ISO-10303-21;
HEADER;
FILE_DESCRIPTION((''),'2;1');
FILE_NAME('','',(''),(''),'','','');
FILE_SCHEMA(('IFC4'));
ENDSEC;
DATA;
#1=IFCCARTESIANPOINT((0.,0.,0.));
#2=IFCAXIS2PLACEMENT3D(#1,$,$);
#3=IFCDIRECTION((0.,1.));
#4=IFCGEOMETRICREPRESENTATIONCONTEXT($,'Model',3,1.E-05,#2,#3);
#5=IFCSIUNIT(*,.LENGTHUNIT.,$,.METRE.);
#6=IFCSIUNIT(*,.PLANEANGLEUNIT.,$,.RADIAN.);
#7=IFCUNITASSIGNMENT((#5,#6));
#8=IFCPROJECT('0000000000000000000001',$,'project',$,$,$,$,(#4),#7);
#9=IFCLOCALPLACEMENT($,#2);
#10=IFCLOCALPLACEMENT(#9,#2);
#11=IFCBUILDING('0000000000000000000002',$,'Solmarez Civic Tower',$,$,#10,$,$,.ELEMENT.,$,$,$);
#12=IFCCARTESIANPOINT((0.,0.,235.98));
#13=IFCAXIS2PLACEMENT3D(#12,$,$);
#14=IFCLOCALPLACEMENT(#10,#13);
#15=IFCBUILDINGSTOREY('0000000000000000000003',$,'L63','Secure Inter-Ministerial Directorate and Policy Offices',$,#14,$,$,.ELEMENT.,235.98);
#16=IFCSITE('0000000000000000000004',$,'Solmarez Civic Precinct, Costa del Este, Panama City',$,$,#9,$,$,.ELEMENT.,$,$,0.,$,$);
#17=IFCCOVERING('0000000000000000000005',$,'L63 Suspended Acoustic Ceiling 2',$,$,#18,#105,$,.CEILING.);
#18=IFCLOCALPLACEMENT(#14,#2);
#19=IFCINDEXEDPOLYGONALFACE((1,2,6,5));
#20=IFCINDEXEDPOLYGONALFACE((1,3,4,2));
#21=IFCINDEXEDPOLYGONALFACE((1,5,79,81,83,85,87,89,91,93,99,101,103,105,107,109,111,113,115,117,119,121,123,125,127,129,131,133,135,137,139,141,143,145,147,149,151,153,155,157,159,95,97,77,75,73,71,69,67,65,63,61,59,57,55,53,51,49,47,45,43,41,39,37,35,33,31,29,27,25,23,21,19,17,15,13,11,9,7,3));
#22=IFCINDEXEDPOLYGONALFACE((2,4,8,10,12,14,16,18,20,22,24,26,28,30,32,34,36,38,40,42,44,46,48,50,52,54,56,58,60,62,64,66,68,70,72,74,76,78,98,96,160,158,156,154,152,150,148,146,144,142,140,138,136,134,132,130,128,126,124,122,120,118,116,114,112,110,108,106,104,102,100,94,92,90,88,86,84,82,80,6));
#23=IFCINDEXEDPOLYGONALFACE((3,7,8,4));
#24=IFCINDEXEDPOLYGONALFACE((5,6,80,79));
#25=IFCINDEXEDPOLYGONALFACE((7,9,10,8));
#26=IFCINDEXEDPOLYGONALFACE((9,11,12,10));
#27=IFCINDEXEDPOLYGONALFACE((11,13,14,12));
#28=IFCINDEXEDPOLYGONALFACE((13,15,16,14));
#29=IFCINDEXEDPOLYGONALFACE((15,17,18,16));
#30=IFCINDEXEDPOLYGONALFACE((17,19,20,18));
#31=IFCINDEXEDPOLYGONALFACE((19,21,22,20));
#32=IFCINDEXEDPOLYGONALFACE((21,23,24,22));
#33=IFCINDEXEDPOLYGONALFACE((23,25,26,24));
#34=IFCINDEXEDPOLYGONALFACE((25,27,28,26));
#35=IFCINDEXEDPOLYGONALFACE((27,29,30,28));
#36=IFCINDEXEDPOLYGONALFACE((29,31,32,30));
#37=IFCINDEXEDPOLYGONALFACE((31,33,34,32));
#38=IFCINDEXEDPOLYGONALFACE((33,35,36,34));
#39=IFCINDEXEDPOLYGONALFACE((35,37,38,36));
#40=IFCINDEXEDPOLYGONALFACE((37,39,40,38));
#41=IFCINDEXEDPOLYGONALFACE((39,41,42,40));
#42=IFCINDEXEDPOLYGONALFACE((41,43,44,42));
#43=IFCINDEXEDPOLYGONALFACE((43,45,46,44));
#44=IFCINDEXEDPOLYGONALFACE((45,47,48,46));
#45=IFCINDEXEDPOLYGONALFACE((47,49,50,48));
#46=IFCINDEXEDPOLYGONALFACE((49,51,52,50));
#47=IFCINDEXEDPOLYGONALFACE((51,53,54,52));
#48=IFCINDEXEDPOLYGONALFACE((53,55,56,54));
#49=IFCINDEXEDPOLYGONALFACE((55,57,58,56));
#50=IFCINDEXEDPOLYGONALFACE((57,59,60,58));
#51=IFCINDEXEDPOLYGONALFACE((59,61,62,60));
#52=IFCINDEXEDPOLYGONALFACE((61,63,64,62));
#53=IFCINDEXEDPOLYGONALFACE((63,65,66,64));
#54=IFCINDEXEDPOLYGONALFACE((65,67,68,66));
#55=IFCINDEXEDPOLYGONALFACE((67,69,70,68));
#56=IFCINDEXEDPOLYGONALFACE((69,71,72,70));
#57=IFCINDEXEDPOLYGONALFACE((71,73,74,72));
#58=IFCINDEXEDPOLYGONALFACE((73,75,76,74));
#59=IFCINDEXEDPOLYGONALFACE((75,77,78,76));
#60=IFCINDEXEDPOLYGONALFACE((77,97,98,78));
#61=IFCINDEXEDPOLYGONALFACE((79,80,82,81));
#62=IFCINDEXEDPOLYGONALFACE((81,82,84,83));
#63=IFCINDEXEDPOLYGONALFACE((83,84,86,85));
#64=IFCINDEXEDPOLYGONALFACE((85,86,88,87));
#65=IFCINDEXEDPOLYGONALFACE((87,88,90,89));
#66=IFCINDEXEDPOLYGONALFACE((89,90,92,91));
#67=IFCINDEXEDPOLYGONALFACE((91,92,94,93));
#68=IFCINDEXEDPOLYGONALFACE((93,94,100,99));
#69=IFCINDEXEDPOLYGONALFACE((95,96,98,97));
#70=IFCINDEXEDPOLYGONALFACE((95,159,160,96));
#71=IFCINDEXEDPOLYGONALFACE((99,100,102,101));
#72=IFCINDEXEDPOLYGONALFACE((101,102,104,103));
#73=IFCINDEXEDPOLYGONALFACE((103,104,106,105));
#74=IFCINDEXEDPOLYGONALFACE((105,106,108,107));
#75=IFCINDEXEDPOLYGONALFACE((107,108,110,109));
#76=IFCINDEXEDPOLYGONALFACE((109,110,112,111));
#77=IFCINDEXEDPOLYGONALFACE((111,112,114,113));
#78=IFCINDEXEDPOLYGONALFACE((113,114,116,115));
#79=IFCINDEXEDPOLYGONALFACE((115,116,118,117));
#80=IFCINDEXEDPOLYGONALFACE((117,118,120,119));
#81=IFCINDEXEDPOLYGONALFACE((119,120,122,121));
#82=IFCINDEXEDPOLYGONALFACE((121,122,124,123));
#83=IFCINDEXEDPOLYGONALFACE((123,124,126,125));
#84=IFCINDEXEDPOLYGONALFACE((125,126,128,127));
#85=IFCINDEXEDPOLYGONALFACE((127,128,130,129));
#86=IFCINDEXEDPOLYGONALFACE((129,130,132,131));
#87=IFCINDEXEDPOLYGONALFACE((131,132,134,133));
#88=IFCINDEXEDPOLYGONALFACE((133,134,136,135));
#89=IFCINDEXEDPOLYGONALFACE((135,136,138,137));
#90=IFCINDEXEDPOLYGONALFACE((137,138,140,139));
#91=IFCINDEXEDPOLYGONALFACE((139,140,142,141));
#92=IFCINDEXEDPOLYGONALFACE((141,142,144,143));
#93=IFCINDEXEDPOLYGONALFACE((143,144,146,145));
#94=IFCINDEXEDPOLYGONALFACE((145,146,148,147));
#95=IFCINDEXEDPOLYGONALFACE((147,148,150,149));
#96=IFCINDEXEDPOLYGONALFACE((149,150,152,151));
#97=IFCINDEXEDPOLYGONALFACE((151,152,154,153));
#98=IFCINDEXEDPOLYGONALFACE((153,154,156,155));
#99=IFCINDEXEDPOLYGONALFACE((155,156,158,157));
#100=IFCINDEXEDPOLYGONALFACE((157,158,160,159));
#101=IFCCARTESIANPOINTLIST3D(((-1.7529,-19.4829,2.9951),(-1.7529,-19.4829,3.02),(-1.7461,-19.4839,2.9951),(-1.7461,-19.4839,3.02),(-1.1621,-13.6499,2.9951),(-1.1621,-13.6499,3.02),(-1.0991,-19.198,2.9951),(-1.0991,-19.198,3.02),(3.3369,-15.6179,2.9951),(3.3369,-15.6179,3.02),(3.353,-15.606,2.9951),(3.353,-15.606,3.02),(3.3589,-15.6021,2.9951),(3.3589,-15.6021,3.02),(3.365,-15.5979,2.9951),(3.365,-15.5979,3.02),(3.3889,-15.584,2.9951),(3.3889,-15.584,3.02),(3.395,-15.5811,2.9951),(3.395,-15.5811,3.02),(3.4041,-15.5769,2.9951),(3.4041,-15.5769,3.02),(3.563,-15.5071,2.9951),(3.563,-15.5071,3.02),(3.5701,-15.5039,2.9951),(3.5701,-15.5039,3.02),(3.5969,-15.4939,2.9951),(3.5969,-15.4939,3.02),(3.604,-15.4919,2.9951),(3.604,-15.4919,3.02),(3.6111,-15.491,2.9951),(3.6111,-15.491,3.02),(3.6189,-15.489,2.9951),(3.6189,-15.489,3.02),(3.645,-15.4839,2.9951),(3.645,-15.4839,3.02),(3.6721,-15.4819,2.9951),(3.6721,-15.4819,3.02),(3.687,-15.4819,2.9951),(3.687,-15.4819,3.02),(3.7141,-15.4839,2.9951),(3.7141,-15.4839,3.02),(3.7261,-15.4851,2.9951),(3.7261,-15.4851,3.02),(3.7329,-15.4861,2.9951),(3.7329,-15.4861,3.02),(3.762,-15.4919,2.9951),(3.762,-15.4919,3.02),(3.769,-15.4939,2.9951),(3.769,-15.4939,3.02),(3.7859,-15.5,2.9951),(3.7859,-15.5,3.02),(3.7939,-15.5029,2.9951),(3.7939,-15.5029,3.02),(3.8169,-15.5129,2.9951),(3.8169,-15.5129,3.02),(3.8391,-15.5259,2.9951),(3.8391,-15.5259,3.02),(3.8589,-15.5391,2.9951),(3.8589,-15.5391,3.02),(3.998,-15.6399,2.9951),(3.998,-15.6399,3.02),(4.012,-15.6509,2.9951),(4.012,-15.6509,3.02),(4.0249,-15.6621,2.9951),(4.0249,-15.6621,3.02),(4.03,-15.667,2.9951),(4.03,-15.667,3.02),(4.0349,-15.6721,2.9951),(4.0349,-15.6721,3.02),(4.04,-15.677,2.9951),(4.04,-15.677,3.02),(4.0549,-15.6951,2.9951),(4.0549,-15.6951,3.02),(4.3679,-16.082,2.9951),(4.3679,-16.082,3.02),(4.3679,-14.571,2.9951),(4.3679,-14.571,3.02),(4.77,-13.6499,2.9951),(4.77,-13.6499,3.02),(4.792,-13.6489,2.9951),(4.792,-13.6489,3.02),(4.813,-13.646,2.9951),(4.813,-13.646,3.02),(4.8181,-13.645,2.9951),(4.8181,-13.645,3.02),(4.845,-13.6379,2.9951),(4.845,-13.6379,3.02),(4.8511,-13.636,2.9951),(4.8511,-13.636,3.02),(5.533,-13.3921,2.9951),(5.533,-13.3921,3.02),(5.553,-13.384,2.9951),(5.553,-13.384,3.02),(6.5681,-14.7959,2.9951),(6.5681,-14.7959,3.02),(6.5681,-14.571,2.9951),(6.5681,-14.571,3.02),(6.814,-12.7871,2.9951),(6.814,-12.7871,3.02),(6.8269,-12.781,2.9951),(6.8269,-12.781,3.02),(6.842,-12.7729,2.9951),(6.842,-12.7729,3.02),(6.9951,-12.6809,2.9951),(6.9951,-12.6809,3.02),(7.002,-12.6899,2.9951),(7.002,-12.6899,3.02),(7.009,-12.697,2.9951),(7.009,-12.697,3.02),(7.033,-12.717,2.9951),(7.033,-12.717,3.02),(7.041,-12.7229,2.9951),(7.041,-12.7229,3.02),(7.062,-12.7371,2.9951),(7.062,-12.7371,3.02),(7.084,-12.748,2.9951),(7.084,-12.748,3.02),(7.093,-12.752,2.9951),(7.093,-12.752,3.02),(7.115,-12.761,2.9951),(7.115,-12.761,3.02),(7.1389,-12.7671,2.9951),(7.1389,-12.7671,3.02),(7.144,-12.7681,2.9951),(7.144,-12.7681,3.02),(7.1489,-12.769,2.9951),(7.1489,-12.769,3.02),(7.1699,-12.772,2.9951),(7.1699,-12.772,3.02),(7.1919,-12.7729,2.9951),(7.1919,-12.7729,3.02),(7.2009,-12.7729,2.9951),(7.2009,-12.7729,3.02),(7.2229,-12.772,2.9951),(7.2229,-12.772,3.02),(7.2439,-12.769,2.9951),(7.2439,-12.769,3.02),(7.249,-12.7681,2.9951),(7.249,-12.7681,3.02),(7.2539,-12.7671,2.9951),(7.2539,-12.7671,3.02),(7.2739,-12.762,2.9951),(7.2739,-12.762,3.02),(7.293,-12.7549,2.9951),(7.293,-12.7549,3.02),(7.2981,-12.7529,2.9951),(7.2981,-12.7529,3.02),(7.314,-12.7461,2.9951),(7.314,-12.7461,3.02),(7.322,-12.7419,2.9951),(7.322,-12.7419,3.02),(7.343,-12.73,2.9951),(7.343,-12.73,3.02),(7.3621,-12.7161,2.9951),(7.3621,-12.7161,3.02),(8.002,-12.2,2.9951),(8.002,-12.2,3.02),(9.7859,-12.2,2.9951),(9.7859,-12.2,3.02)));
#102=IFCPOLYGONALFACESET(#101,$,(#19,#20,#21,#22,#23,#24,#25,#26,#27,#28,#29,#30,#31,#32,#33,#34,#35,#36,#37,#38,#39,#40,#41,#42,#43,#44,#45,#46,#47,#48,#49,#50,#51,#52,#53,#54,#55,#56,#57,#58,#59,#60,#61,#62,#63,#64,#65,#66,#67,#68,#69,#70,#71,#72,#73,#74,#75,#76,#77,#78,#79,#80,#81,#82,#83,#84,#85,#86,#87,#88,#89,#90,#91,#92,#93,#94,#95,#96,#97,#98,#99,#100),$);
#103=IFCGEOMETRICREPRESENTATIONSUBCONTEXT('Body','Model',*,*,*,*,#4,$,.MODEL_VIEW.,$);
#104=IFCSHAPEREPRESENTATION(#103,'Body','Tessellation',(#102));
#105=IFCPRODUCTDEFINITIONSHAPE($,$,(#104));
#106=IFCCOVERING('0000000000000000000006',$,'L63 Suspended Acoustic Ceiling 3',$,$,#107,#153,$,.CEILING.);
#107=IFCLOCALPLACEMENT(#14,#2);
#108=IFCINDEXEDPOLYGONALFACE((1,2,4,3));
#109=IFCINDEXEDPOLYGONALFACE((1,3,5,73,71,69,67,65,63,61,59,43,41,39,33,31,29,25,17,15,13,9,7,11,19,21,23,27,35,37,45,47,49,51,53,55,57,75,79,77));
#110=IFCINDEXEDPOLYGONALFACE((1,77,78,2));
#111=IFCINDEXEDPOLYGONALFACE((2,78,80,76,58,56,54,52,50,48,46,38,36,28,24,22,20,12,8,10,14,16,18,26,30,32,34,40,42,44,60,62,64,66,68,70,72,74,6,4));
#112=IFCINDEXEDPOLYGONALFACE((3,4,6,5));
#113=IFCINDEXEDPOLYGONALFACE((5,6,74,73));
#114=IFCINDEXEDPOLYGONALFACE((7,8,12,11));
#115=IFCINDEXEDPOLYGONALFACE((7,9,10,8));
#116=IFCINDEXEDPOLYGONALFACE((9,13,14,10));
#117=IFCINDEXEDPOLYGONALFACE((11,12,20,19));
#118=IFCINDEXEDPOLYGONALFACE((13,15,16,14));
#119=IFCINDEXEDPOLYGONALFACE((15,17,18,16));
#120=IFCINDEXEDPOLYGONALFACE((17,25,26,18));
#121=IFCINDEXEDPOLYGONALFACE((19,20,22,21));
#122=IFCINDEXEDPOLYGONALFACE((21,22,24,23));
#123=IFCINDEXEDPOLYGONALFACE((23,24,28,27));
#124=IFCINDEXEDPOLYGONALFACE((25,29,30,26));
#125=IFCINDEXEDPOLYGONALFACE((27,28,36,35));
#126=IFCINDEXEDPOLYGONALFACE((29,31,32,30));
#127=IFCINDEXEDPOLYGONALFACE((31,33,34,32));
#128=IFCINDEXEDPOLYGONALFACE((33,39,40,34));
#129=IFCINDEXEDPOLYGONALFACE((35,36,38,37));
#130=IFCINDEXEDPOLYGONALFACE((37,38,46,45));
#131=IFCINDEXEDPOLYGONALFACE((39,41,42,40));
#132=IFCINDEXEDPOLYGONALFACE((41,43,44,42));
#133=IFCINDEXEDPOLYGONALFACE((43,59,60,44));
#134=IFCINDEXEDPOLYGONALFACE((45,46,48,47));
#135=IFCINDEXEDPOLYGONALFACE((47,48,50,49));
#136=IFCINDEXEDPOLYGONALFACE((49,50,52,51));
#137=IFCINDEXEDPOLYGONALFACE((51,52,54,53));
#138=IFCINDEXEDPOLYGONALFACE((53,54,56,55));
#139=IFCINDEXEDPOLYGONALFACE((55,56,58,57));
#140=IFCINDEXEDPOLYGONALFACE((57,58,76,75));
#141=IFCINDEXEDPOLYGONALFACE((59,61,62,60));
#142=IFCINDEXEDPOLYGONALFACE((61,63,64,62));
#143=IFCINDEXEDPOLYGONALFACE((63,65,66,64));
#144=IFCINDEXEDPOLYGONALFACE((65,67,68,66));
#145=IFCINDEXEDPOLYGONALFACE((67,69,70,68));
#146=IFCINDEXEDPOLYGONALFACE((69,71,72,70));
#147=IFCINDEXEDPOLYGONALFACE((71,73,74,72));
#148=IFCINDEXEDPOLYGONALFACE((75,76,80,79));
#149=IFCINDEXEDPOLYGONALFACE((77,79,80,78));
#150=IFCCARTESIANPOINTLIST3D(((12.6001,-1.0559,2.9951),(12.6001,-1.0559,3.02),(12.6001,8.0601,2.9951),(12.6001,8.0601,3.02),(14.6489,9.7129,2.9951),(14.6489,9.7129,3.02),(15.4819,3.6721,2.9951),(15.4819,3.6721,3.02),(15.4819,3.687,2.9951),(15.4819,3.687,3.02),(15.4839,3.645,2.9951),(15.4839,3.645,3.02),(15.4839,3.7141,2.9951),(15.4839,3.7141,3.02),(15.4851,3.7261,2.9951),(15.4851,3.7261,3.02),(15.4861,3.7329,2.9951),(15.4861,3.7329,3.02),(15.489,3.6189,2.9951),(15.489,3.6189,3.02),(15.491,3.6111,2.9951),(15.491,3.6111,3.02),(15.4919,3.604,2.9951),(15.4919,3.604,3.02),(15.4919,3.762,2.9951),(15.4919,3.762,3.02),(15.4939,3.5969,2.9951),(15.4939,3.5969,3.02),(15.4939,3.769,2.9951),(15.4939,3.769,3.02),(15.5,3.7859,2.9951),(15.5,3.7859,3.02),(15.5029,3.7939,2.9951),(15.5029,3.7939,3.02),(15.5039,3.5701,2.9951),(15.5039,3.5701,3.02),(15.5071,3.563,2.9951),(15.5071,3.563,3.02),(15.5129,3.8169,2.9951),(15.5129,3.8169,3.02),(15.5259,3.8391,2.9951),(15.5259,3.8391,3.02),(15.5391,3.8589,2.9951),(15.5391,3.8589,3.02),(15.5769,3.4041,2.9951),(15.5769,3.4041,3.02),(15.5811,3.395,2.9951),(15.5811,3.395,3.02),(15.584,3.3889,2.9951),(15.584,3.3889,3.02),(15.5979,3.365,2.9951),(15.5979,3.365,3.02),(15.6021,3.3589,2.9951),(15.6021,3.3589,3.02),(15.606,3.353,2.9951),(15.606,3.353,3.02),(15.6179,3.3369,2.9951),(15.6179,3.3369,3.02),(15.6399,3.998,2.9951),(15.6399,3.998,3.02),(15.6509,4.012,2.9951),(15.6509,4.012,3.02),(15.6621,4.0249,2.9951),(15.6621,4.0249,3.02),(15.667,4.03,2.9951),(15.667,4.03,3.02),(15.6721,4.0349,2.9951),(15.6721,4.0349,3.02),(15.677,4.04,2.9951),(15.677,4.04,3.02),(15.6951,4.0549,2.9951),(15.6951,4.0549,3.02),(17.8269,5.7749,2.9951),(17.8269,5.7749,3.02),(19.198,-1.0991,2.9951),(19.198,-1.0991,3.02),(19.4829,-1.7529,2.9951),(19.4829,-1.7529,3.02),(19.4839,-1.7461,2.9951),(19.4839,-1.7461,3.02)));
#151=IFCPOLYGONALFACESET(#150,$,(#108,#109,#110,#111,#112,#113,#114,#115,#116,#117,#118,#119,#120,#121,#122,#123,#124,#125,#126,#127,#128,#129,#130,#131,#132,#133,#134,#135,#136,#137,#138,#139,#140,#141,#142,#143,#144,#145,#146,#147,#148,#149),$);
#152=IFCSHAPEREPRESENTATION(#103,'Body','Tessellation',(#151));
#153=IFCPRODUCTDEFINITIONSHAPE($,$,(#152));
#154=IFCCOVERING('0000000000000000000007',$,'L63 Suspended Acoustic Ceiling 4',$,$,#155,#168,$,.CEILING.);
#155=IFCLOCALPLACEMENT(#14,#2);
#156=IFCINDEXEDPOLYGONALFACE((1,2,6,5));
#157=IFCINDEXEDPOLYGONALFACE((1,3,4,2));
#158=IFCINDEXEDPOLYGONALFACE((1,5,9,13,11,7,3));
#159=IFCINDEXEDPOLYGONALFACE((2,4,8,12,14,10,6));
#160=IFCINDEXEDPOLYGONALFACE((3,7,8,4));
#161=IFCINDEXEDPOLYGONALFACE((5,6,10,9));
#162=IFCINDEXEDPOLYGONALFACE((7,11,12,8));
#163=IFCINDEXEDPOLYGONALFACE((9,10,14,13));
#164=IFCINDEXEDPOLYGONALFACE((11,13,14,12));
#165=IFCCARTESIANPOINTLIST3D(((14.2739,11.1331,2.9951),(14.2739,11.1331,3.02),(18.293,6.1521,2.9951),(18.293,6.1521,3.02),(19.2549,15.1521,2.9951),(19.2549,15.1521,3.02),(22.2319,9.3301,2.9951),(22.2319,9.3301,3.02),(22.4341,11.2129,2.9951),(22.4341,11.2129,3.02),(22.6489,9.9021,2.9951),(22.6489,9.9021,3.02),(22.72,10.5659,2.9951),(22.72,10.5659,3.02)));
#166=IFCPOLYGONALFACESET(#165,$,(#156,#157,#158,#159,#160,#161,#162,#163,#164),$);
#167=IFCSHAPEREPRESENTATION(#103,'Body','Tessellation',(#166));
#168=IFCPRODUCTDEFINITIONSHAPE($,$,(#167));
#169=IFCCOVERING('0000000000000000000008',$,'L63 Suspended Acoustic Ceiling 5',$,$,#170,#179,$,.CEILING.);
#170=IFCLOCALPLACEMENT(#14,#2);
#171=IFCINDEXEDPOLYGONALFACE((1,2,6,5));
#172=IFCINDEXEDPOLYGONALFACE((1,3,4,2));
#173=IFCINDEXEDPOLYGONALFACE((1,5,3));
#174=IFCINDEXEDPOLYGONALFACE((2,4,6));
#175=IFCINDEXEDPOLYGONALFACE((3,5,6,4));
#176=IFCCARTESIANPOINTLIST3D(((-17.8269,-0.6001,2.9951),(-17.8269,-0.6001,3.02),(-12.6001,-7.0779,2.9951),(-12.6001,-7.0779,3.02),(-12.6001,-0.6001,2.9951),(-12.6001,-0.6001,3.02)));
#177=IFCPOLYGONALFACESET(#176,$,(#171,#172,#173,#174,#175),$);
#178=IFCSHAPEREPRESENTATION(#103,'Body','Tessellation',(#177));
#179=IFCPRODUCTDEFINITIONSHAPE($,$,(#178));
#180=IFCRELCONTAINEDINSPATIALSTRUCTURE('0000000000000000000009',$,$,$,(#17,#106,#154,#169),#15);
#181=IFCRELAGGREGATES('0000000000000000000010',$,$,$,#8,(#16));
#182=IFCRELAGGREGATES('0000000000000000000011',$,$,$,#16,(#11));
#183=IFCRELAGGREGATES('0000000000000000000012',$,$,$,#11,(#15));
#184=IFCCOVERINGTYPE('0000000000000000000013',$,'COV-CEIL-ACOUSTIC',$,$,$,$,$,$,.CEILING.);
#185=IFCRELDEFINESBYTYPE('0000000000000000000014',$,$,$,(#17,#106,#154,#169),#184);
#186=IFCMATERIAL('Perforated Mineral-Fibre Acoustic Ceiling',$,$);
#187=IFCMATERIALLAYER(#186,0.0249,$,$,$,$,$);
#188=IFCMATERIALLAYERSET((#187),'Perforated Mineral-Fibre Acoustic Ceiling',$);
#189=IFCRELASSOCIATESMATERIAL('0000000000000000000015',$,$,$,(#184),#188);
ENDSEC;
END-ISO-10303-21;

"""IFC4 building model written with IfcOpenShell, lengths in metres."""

from ifc_helpers import new_model, si_unit, direction, frame, origin, place, context, subcontext, project, spatial, polyline, outline, extrude, material, layer, layer_set, type_object, element, save


model = new_model("IFC4")

# Units and contexts
model_context = context("Model", 3, precision=1e-05, world=origin(), true_north=direction((0.0, 1.0)))
body_context = subcontext(model_context, "Body", "Model", "MODEL_VIEW")
ifc_project = project(units=[si_unit("LENGTHUNIT", "METRE"), si_unit("PLANEANGLEUNIT", "RADIAN")], contexts=[model_context])

# Site, building, storey
site_placement = place(None, origin())
site = spatial("IfcSite", under=ifc_project, at=site_placement, Name="Solmarez Civic Precinct, Costa del Este, Panama City", CompositionType="ELEMENT", RefElevation=0.0)
building_placement = place(site_placement, origin())
building = spatial("IfcBuilding", under=site, at=building_placement, Name="Solmarez Civic Tower", CompositionType="ELEMENT")
storey_placement = place(building_placement, frame((0.0, 0.0, 235.98)))
storey = spatial("IfcBuildingStorey", under=building, at=storey_placement, Name="L63", Description="Secure Inter-Ministerial Directorate and Policy Offices", CompositionType="ELEMENT", Elevation=235.98)

# Coverings
ifc_material_1 = material(Name="Perforated Mineral-Fibre Acoustic Ceiling")
ifc_layer_1 = layer(ifc_material_1, 0.0249)
ifc_layer_set_1 = layer_set([ifc_layer_1], Name="Perforated Mineral-Fibre Acoustic Ceiling")
covering_type_1 = type_object("IfcCoveringType", Name="COV-CEIL-ACOUSTIC", PredefinedType="CEILING", material=ifc_layer_set_1)
covering_1_placement = place(storey_placement, frame((0.0, 0.0, 2.9951)))
element("IfcCovering", 1, at=covering_1_placement, inside=storey, type_object=covering_type_1, Name="L63 Suspended Acoustic Ceiling 2", PredefinedType="CEILING", context=body_context, shape_type="SweptSolid", body=[
    extrude(outline(polyline([(3.8391, -15.5259), (3.8589, -15.5391), (3.998, -15.6399), (4.012, -15.6509), (4.0249, -15.6621), (4.03, -15.667), (4.0349, -15.6721), (4.04, -15.677), (4.0549, -15.6951), (4.3679, -16.082), (4.3679, -14.571), (6.5681, -14.571), (6.5681, -14.7959), (9.7859, -12.2), (8.002, -12.2), (7.3621, -12.7161), (7.343, -12.73), (7.322, -12.7419), (7.314, -12.7461), (7.2981, -12.7529), (7.293, -12.7549), (7.2739, -12.762), (7.2539, -12.7671), (7.249, -12.7681), (7.2439, -12.769), (7.2229, -12.772), (7.2009, -12.7729), (7.1919, -12.7729), (7.1699, -12.772), (7.1489, -12.769), (7.144, -12.7681), (7.1389, -12.7671), (7.115, -12.761), (7.093, -12.752), (7.084, -12.748), (7.062, -12.7371), (7.041, -12.7229), (7.033, -12.717), (7.009, -12.697), (7.002, -12.6899), (6.9951, -12.6809), (6.842, -12.7729), (6.8269, -12.781), (6.814, -12.7871), (5.553, -13.384), (5.533, -13.3921), (4.8511, -13.636), (4.845, -13.6379), (4.8181, -13.645), (4.813, -13.646), (4.792, -13.6489), (4.77, -13.6499), (-1.1621, -13.6499), (-1.7529, -19.4829), (-1.7461, -19.4839), (-1.0991, -19.198), (3.3369, -15.6179), (3.353, -15.606), (3.3589, -15.6021), (3.365, -15.5979), (3.3889, -15.584), (3.395, -15.5811), (3.4041, -15.5769), (3.563, -15.5071), (3.5701, -15.5039), (3.5969, -15.4939), (3.604, -15.4919), (3.6111, -15.491), (3.6189, -15.489), (3.645, -15.4839), (3.6721, -15.4819), (3.687, -15.4819), (3.7141, -15.4839), (3.7261, -15.4851), (3.7329, -15.4861), (3.762, -15.4919), (3.769, -15.4939), (3.7859, -15.5), (3.7939, -15.5029), (3.8169, -15.5129), (3.8391, -15.5259)])), origin(), (0.0, 0.0, 1.0), 0.0249),
])
covering_2_placement = place(storey_placement, frame((0.0, 0.0, 2.9951)))
element("IfcCovering", 2, at=covering_2_placement, inside=storey, type_object=covering_type_1, Name="L63 Suspended Acoustic Ceiling 3", PredefinedType="CEILING", context=body_context, shape_type="SweptSolid", body=[
    extrude(outline(polyline([(12.6001, 8.0601), (12.6001, -1.0559), (19.4829, -1.7529), (19.4839, -1.7461), (19.198, -1.0991), (15.6179, 3.3369), (15.606, 3.353), (15.6021, 3.3589), (15.5979, 3.365), (15.584, 3.3889), (15.5811, 3.395), (15.5769, 3.4041), (15.5071, 3.563), (15.5039, 3.5701), (15.4939, 3.5969), (15.4919, 3.604), (15.491, 3.6111), (15.489, 3.6189), (15.4839, 3.645), (15.4819, 3.6721), (15.4819, 3.687), (15.4839, 3.7141), (15.4851, 3.7261), (15.4861, 3.7329), (15.4919, 3.762), (15.4939, 3.769), (15.5, 3.7859), (15.5029, 3.7939), (15.5129, 3.8169), (15.5259, 3.8391), (15.5391, 3.8589), (15.6399, 3.998), (15.6509, 4.012), (15.6621, 4.0249), (15.667, 4.03), (15.6721, 4.0349), (15.677, 4.04), (15.6951, 4.0549), (17.8269, 5.7749), (14.6489, 9.7129), (12.6001, 8.0601)])), origin(), (0.0, 0.0, 1.0), 0.0249),
])
covering_3_placement = place(storey_placement, frame((0.0, 0.0, 2.9951)))
element("IfcCovering", 3, at=covering_3_placement, inside=storey, type_object=covering_type_1, Name="L63 Suspended Acoustic Ceiling 4", PredefinedType="CEILING", context=body_context, shape_type="SweptSolid", body=[
    extrude(outline(polyline([(18.293, 6.1521), (22.2319, 9.3301), (22.6489, 9.9021), (22.72, 10.5659), (22.4341, 11.2129), (19.2549, 15.1521), (14.2739, 11.1331), (18.293, 6.1521)])), origin(), (0.0, 0.0, 1.0), 0.0249),
])
covering_4_placement = place(storey_placement, frame((0.0, 0.0, 2.9951)))
element("IfcCovering", 4, at=covering_4_placement, inside=storey, type_object=covering_type_1, Name="L63 Suspended Acoustic Ceiling 5", PredefinedType="CEILING", context=body_context, shape_type="SweptSolid", body=[
    extrude(outline(polyline([(-12.6001, -7.0779), (-12.6001, -0.6001), (-17.8269, -0.6001), (-12.6001, -7.0779)])), origin(), (0.0, 0.0, 1.0), 0.0249),
])

save(model, "model.ifc")
